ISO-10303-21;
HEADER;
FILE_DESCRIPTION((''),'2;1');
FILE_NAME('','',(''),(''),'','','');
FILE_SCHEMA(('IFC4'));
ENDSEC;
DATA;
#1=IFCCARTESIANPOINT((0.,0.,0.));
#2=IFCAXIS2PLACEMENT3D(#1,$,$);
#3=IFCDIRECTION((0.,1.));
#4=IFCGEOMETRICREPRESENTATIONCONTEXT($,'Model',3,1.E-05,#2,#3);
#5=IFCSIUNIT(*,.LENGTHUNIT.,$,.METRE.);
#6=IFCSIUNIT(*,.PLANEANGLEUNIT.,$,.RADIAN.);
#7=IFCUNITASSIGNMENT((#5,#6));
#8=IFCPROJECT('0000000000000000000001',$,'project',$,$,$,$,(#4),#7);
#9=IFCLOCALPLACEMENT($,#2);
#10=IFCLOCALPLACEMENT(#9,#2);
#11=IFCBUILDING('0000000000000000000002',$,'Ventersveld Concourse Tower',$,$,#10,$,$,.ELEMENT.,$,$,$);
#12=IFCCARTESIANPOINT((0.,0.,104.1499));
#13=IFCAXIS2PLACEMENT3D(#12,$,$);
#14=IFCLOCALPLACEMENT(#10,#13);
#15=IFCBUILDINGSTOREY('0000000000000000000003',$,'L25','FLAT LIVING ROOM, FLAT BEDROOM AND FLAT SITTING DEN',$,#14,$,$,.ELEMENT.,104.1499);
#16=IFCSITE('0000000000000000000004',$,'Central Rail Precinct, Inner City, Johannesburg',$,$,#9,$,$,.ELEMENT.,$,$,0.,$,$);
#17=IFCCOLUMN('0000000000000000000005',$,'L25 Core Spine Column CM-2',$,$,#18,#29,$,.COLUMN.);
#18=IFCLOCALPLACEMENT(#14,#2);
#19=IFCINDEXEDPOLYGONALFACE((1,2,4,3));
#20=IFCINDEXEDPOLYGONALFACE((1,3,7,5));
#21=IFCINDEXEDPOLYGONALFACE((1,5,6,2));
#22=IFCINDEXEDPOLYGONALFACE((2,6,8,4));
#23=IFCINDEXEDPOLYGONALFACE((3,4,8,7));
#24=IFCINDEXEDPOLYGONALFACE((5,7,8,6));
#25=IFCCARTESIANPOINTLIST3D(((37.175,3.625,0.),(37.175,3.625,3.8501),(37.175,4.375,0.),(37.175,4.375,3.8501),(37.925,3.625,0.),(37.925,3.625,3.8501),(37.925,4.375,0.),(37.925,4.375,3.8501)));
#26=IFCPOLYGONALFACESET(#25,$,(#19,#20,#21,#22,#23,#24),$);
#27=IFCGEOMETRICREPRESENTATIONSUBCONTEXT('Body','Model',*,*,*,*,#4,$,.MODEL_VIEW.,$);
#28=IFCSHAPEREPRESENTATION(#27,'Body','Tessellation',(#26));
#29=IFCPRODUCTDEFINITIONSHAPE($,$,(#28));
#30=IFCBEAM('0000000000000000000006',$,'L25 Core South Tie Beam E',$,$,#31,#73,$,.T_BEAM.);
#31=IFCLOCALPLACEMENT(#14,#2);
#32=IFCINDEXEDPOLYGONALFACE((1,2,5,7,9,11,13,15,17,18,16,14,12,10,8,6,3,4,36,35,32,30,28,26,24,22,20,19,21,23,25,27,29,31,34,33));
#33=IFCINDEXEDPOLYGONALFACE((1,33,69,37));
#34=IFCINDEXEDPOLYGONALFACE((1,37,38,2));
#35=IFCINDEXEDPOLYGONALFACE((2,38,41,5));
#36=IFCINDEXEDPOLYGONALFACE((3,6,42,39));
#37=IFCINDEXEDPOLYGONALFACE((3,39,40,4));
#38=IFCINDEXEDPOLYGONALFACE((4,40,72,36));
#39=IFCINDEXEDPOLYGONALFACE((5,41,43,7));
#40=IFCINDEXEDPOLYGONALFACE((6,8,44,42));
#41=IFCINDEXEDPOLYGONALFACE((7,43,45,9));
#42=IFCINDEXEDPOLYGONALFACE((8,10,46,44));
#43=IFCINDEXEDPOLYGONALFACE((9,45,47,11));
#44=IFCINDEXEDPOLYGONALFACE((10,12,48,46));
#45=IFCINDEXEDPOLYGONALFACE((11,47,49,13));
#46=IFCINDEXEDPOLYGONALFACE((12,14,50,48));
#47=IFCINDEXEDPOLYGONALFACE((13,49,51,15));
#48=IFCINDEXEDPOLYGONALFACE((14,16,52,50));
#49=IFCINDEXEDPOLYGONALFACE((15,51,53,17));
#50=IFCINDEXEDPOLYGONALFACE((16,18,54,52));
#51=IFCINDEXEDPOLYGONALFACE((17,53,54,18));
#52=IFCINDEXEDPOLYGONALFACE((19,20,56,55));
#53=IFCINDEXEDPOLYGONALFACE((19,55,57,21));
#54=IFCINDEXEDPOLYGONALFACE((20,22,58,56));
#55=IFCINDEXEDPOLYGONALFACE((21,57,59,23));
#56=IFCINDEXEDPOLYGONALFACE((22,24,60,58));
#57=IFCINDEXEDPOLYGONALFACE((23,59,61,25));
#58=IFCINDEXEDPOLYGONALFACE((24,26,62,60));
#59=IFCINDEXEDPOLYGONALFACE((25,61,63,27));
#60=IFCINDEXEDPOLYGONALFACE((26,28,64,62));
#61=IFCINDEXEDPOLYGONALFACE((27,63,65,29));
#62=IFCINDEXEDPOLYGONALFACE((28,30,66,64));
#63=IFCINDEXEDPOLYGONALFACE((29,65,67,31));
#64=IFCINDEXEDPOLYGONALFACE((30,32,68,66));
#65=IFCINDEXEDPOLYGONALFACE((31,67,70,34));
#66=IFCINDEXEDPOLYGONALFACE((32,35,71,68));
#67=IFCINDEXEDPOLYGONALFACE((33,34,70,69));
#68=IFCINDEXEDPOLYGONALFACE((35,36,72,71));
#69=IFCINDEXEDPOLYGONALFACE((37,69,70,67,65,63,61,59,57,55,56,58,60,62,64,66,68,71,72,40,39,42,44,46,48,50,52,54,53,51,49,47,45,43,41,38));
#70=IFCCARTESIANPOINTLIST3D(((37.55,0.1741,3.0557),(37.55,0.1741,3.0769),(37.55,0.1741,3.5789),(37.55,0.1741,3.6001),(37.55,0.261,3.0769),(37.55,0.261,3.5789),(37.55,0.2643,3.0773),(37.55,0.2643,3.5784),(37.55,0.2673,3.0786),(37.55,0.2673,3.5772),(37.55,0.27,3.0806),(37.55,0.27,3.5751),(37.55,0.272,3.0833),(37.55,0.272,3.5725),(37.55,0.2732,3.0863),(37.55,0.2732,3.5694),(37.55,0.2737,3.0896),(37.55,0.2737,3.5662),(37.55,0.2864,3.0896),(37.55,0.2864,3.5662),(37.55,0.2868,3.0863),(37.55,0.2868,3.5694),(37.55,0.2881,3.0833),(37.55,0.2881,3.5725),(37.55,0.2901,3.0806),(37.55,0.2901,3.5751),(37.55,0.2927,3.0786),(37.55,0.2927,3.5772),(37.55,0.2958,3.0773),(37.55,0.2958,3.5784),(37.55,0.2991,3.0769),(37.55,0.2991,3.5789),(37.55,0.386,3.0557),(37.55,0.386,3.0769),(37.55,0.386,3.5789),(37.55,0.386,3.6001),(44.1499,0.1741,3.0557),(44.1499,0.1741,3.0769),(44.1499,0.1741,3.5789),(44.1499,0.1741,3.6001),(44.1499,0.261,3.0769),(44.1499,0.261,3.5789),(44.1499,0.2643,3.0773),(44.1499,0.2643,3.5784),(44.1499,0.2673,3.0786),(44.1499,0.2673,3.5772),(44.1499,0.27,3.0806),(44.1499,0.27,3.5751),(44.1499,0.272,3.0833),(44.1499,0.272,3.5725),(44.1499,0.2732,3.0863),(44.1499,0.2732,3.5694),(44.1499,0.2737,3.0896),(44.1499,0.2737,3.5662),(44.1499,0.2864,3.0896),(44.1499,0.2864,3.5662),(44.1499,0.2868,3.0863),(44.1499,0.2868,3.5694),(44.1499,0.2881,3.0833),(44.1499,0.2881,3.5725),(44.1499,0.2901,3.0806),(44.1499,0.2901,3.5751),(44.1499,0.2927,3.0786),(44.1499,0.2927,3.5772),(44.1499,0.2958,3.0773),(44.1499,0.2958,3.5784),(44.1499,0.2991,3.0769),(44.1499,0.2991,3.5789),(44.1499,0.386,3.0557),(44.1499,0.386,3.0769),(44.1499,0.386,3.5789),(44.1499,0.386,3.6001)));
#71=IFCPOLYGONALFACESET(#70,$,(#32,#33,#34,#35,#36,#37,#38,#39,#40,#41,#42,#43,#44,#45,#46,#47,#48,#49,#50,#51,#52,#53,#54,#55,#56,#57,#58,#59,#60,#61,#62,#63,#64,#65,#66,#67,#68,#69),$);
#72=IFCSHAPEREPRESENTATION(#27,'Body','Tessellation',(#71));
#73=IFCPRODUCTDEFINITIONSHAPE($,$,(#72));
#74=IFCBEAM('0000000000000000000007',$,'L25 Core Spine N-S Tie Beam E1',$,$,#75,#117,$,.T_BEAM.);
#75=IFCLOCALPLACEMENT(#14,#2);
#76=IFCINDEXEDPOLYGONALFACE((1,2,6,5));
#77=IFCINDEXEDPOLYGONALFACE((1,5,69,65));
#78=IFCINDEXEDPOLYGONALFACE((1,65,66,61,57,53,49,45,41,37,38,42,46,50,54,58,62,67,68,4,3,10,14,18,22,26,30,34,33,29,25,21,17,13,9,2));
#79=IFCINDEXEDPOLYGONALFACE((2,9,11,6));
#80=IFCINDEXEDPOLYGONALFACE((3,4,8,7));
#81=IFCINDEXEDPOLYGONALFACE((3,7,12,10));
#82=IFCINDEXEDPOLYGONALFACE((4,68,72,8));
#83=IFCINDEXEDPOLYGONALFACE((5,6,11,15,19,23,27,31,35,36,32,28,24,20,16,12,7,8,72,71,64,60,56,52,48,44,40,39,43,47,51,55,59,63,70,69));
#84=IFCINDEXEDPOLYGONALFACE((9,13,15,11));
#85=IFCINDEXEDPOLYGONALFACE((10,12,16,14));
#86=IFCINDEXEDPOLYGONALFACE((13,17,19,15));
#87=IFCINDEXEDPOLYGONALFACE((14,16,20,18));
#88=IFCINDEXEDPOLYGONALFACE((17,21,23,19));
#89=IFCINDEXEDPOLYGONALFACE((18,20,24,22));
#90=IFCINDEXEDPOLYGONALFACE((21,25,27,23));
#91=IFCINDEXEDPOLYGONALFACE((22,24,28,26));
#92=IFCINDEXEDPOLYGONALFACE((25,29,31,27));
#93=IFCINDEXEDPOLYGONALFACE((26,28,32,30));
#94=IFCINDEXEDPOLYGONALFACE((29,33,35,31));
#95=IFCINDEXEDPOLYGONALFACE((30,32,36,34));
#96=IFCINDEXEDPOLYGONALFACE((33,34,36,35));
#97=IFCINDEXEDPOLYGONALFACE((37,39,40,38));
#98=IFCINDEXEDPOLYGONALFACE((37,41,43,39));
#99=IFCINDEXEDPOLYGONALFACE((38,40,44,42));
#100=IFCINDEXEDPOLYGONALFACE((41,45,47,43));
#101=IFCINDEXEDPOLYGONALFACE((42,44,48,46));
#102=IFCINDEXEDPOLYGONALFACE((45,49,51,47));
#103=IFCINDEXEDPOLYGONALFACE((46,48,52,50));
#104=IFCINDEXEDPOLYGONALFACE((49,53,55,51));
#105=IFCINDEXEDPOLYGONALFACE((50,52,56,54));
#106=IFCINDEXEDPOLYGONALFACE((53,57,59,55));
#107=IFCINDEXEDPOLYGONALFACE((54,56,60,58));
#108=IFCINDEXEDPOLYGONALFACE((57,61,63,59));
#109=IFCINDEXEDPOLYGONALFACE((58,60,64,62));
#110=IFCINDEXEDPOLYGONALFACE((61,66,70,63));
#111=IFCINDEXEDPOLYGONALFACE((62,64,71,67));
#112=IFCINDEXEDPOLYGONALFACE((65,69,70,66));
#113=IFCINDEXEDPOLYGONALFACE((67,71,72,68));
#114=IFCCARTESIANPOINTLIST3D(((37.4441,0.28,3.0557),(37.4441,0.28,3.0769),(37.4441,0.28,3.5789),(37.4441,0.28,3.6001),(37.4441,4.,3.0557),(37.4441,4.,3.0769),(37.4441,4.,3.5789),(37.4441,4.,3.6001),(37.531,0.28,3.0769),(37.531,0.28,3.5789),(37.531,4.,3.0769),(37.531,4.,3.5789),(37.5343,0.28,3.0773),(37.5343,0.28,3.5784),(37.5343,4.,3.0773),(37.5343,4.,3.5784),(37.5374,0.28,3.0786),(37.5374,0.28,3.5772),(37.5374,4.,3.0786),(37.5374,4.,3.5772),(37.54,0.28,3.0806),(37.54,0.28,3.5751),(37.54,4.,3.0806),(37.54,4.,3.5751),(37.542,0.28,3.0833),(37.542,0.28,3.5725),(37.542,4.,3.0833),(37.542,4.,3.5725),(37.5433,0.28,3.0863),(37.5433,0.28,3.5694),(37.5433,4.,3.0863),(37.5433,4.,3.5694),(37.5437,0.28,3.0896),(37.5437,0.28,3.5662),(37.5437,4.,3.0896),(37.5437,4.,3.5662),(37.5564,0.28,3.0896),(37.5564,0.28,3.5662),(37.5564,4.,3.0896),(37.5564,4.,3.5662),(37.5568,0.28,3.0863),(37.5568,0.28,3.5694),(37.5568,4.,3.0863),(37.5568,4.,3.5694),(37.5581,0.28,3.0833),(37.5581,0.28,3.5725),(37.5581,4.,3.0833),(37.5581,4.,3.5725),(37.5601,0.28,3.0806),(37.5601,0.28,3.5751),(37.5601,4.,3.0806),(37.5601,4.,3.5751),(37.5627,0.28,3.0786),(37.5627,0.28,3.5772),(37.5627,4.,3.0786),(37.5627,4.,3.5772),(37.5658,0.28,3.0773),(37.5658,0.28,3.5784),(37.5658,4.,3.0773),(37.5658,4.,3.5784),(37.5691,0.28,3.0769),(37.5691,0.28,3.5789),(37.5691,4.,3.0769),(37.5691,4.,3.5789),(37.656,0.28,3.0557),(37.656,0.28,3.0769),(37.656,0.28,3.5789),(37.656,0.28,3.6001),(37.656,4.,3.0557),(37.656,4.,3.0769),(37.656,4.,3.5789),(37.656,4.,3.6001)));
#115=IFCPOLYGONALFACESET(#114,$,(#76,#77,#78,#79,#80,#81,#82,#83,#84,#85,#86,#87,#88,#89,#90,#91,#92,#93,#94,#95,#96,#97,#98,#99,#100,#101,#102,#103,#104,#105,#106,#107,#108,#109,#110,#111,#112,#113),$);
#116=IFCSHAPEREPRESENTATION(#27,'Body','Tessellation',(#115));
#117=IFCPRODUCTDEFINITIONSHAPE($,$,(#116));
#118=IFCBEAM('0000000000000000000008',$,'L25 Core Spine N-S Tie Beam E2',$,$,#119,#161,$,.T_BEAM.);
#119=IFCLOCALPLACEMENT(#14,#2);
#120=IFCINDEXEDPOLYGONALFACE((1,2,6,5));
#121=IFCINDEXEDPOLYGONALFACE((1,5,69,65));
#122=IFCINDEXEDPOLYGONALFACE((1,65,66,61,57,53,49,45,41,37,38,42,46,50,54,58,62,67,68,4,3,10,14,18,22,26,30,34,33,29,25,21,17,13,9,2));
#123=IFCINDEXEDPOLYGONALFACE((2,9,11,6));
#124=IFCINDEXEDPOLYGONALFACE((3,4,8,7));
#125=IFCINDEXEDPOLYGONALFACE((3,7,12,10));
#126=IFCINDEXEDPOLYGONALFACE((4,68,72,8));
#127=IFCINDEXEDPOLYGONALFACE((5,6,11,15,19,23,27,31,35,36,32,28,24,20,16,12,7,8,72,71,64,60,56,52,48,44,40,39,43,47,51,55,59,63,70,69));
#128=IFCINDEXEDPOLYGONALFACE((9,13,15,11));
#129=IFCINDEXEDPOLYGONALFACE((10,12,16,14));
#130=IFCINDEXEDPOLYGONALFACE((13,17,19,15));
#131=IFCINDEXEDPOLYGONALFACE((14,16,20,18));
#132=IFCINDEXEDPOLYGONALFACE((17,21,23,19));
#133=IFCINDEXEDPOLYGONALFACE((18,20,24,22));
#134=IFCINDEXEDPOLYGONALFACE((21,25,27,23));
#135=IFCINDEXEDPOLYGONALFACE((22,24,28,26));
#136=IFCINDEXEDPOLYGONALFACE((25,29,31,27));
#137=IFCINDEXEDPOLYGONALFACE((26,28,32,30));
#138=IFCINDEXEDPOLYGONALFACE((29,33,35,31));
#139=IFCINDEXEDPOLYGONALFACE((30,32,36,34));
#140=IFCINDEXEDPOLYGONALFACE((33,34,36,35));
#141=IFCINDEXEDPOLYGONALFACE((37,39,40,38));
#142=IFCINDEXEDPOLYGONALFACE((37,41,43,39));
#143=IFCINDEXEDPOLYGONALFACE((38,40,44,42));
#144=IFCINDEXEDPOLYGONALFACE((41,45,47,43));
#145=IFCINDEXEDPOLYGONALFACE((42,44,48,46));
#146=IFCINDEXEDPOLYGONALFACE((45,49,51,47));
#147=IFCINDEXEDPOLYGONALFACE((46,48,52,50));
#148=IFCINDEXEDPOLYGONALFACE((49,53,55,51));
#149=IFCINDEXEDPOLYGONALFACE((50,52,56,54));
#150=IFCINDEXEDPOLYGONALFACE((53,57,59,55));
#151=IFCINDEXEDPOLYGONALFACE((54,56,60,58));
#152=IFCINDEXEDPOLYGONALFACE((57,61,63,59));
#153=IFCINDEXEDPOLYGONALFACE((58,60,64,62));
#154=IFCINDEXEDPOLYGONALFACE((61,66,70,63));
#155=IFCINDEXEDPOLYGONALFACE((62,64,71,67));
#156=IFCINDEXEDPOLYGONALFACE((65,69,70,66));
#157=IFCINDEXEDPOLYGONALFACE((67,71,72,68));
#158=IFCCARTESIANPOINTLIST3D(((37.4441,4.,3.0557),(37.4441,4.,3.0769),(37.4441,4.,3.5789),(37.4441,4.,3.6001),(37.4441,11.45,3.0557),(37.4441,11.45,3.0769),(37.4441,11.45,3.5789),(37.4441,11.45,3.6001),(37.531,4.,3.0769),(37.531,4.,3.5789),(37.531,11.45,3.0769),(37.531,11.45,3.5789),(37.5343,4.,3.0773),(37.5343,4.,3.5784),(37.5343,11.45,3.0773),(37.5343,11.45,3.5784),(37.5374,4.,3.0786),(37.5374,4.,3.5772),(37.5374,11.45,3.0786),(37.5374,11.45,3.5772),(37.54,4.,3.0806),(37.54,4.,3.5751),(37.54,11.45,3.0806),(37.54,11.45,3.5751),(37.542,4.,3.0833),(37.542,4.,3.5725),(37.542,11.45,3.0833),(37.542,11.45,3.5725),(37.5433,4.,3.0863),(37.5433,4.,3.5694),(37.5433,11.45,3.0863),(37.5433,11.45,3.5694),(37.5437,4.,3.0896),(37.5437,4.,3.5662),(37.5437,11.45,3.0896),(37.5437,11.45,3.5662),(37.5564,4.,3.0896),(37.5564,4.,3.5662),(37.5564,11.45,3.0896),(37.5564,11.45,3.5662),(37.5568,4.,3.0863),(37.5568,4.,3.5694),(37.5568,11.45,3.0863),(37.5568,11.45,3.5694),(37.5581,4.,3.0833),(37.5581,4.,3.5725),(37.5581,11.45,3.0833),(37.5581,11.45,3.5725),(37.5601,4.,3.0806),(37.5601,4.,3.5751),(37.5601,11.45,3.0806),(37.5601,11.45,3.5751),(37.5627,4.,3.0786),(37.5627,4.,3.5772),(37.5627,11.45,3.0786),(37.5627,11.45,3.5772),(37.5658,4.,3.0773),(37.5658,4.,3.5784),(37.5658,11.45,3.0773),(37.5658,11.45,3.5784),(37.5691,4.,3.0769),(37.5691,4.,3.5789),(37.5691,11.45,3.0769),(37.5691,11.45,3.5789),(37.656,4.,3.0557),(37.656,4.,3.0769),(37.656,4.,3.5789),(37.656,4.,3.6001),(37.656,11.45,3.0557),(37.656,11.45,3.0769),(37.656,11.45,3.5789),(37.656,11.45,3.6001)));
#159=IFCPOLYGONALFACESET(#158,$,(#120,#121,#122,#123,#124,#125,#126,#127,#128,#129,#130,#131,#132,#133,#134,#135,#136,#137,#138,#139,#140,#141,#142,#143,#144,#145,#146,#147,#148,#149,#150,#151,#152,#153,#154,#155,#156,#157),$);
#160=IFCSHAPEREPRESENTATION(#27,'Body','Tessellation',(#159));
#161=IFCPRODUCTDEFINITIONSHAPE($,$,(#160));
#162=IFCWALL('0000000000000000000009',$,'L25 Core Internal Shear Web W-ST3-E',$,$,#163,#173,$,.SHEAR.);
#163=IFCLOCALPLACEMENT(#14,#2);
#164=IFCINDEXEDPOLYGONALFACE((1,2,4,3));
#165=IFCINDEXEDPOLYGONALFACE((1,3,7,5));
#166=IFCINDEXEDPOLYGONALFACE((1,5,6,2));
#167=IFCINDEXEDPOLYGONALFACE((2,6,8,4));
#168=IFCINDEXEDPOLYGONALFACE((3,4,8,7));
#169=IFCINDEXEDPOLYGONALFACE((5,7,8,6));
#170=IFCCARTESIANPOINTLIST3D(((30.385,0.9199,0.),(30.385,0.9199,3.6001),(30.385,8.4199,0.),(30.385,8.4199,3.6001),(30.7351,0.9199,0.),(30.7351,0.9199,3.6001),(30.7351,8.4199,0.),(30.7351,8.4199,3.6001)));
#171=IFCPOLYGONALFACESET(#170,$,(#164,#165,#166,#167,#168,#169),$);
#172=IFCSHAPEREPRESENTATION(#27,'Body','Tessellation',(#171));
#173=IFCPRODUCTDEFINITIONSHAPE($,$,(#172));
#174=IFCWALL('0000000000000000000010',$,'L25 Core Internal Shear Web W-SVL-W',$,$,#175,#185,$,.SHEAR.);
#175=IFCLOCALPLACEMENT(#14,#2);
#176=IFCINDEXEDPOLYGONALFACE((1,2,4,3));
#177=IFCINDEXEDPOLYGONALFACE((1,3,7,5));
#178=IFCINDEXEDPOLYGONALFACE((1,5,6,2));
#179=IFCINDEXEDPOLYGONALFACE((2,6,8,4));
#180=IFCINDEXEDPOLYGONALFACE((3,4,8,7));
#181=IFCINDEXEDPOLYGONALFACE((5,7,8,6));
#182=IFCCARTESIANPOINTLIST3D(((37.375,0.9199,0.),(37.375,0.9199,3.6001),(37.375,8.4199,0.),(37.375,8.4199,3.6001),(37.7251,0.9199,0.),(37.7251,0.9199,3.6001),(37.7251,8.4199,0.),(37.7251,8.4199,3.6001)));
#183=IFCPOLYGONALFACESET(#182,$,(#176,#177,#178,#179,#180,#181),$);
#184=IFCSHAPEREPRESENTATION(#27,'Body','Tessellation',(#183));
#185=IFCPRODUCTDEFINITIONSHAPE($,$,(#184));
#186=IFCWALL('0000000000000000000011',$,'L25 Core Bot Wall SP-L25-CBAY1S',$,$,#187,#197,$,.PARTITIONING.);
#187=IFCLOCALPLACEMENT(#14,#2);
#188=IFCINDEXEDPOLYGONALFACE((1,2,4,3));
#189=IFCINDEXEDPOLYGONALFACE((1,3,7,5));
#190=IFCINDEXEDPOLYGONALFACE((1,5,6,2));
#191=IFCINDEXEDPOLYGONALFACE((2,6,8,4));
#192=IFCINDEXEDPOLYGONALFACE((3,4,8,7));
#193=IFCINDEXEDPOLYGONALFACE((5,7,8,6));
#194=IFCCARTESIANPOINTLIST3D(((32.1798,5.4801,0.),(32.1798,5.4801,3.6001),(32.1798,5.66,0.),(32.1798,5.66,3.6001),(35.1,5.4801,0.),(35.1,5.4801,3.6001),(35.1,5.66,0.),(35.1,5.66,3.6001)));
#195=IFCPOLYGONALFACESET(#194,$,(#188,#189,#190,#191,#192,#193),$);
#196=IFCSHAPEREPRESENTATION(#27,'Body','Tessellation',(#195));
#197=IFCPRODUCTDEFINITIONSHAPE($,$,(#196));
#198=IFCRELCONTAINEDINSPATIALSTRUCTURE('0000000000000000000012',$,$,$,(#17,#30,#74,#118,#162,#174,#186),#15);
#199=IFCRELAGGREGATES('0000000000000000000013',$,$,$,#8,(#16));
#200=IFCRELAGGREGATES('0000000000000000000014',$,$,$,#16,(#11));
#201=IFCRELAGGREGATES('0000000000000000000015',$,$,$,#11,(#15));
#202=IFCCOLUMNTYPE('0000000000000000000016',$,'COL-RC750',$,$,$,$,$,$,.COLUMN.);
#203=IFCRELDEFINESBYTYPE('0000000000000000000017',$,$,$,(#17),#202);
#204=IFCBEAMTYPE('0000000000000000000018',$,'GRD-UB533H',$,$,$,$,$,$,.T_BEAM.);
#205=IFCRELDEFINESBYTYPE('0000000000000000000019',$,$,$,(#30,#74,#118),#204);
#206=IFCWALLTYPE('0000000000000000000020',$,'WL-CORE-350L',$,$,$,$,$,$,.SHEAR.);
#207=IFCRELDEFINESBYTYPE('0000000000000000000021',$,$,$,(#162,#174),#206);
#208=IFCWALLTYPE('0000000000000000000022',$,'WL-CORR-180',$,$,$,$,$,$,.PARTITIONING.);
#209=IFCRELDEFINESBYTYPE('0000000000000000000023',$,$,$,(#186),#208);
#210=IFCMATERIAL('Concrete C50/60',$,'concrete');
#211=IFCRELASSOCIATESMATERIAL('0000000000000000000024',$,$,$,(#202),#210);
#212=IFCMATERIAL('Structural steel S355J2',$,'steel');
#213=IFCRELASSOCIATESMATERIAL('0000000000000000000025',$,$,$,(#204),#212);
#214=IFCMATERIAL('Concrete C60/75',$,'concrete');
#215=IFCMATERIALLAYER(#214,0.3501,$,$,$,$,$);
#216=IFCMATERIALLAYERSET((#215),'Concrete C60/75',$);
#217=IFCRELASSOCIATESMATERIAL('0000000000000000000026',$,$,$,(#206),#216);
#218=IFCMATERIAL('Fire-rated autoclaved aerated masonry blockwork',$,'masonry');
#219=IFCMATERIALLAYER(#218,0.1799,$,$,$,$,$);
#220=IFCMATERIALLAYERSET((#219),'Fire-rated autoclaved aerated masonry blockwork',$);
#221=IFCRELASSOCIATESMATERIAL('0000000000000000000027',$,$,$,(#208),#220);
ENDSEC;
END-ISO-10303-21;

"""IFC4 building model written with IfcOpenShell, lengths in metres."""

from ifc_helpers import new_model, si_unit, direction, frame, frame_2d, origin, origin_2d, place, context, subcontext, project, spatial, rectangle, i_section, extrude, material, layer, layer_set, material_profile, profile_set, type_object, element, save


model = new_model("IFC4")

# Units and contexts
model_context = context("Model", 3, precision=1e-05, world=origin(), true_north=direction((0.0, 1.0)))
body_context = subcontext(model_context, "Body", "Model", "MODEL_VIEW")
ifc_project = project(units=[si_unit("LENGTHUNIT", "METRE"), si_unit("PLANEANGLEUNIT", "RADIAN")], contexts=[model_context])

# Site, building, storey
site_placement = place(None, origin())
site = spatial("IfcSite", under=ifc_project, at=site_placement, Name="Central Rail Precinct, Inner City, Johannesburg", CompositionType="ELEMENT", RefElevation=0.0)
building_placement = place(site_placement, origin())
building = spatial("IfcBuilding", under=site, at=building_placement, Name="Ventersveld Concourse Tower", CompositionType="ELEMENT")
storey_placement = place(building_placement, frame((0.0, 0.0, 104.1499)))
storey = spatial("IfcBuildingStorey", under=building, at=storey_placement, Name="L25", Description="FLAT LIVING ROOM, FLAT BEDROOM AND FLAT SITTING DEN", CompositionType="ELEMENT", Elevation=104.1499)

# Column
ifc_material_1 = material(Name="Concrete C50/60", Category="concrete")
ifc_material_profile_1 = material_profile(ifc_material_1, rectangle(XDim=0.75, YDim=0.75, at=origin_2d()), Name="RC 750x750")
ifc_profile_set_1 = profile_set([ifc_material_profile_1], Name="Concrete C50/60")
column_type = type_object("IfcColumnType", Name="COL-RC750", PredefinedType="COLUMN", material=ifc_profile_set_1)
column_placement = place(storey_placement, frame((37.55, 4.0, 0.0), z_axis=(0.0, 0.0, 1.0), x_axis=(1.0, 0.0, 0.0)))
element("IfcColumn", 1, at=column_placement, inside=storey, type_object=column_type, Name="L25 Core Spine Column CM-2", PredefinedType="COLUMN", context=body_context, shape_type="SweptSolid", body=[
    extrude(rectangle(XDim=0.75, YDim=0.75, at=origin_2d()), origin(), (0.0, 0.0, 1.0), 3.8501),
])

# Beams
ifc_material_2 = material(Name="Structural steel S355J2", Category="steel")
ifc_material_profile_2 = material_profile(ifc_material_2, i_section(OverallWidth=0.2119, OverallDepth=0.5444, WebThickness=0.0127, FlangeThickness=0.0212, FilletRadius=0.0127, at=origin_2d()), Name="UB 533x210x122")
ifc_profile_set_2 = profile_set([ifc_material_profile_2], Name="Structural steel S355J2")
beam_type = type_object("IfcBeamType", Name="GRD-UB533H", PredefinedType="T_BEAM", material=ifc_profile_set_2)
beam_1_placement = place(storey_placement, frame((37.55, 0.28, 3.3279), z_axis=(1.0, 0.0, 0.0), x_axis=(0.0, 1.0, 0.0)))
element("IfcBeam", 2, at=beam_1_placement, inside=storey, type_object=beam_type, Name="L25 Core South Tie Beam E", PredefinedType="T_BEAM", context=body_context, shape_type="SweptSolid", body=[
    extrude(i_section(OverallWidth=0.2119, OverallDepth=0.5444, WebThickness=0.0127, FlangeThickness=0.0212, FilletRadius=0.0127, at=origin_2d()), origin(), (0.0, 0.0, 1.0), 6.5999),
])
beam_2_placement = place(storey_placement, frame((37.55, 0.28, 3.3279), z_axis=(0.0, 1.0, 0.0), x_axis=(-1.0, 0.0, 0.0)))
element("IfcBeam", 3, at=beam_2_placement, inside=storey, type_object=beam_type, Name="L25 Core Spine N-S Tie Beam E1", PredefinedType="T_BEAM", context=body_context, shape_type="SweptSolid", body=[
    extrude(i_section(OverallWidth=0.2119, OverallDepth=0.5444, WebThickness=0.0127, FlangeThickness=0.0212, FilletRadius=0.0127, at=origin_2d()), origin(), (0.0, 0.0, 1.0), 3.72),
])
beam_3_placement = place(storey_placement, frame((37.55, 4.0, 3.3279), z_axis=(0.0, 1.0, 0.0), x_axis=(-1.0, 0.0, 0.0)))
element("IfcBeam", 4, at=beam_3_placement, inside=storey, type_object=beam_type, Name="L25 Core Spine N-S Tie Beam E2", PredefinedType="T_BEAM", context=body_context, shape_type="SweptSolid", body=[
    extrude(i_section(OverallWidth=0.2119, OverallDepth=0.5444, WebThickness=0.0127, FlangeThickness=0.0212, FilletRadius=0.0127, at=origin_2d()), origin(), (0.0, 0.0, 1.0), 7.45),
])

# Walls
ifc_material_3 = material(Name="Concrete C60/75", Category="concrete")
ifc_layer_1 = layer(ifc_material_3, 0.3501)
ifc_layer_set_1 = layer_set([ifc_layer_1], Name="Concrete C60/75")
wall_type_1 = type_object("IfcWallType", Name="WL-CORE-350L", PredefinedType="SHEAR", material=ifc_layer_set_1)
for number, where, z_axis, x_axis, name in (
    (5, (30.5601, 0.9199, 0.0), (0.0, 0.0, 1.0), (0.0, 1.0, 0.0), "L25 Core Internal Shear Web W-ST3-E"),
    (6, (37.55, 0.9199, 0.0), (0.0, 0.0, 1.0), (0.0, 1.0, 0.0), "L25 Core Internal Shear Web W-SVL-W"),
):
    element("IfcWall", number, at=place(storey_placement, frame(where, z_axis=z_axis, x_axis=x_axis)), inside=storey, type_object=wall_type_1, Name=name, PredefinedType="SHEAR", context=body_context, shape_type="SweptSolid", body=[
        extrude(rectangle(XDim=7.5, YDim=0.3501, at=frame_2d((3.75, 0.0))), origin(), (0.0, 0.0, 1.0), 3.6001),
    ])
ifc_material_4 = material(Name="Fire-rated autoclaved aerated masonry blockwork", Category="masonry")
ifc_layer_2 = layer(ifc_material_4, 0.1799)
ifc_layer_set_2 = layer_set([ifc_layer_2], Name="Fire-rated autoclaved aerated masonry blockwork")
wall_type_2 = type_object("IfcWallType", Name="WL-CORR-180", PredefinedType="PARTITIONING", material=ifc_layer_set_2)
wall_1_placement = place(storey_placement, frame((32.1799, 5.5701, 0.0), z_axis=(0.0, 0.0, 1.0), x_axis=(1.0, 0.0, 0.0)))
element("IfcWall", 7, at=wall_1_placement, inside=storey, type_object=wall_type_2, Name="L25 Core Bot Wall SP-L25-CBAY1S", PredefinedType="PARTITIONING", context=body_context, shape_type="SweptSolid", body=[
    extrude(rectangle(XDim=2.9202, YDim=0.1799, at=frame_2d((1.46, 0.0))), origin(), (0.0, 0.0, 1.0), 3.6001),
])

save(model, "model.ifc")
